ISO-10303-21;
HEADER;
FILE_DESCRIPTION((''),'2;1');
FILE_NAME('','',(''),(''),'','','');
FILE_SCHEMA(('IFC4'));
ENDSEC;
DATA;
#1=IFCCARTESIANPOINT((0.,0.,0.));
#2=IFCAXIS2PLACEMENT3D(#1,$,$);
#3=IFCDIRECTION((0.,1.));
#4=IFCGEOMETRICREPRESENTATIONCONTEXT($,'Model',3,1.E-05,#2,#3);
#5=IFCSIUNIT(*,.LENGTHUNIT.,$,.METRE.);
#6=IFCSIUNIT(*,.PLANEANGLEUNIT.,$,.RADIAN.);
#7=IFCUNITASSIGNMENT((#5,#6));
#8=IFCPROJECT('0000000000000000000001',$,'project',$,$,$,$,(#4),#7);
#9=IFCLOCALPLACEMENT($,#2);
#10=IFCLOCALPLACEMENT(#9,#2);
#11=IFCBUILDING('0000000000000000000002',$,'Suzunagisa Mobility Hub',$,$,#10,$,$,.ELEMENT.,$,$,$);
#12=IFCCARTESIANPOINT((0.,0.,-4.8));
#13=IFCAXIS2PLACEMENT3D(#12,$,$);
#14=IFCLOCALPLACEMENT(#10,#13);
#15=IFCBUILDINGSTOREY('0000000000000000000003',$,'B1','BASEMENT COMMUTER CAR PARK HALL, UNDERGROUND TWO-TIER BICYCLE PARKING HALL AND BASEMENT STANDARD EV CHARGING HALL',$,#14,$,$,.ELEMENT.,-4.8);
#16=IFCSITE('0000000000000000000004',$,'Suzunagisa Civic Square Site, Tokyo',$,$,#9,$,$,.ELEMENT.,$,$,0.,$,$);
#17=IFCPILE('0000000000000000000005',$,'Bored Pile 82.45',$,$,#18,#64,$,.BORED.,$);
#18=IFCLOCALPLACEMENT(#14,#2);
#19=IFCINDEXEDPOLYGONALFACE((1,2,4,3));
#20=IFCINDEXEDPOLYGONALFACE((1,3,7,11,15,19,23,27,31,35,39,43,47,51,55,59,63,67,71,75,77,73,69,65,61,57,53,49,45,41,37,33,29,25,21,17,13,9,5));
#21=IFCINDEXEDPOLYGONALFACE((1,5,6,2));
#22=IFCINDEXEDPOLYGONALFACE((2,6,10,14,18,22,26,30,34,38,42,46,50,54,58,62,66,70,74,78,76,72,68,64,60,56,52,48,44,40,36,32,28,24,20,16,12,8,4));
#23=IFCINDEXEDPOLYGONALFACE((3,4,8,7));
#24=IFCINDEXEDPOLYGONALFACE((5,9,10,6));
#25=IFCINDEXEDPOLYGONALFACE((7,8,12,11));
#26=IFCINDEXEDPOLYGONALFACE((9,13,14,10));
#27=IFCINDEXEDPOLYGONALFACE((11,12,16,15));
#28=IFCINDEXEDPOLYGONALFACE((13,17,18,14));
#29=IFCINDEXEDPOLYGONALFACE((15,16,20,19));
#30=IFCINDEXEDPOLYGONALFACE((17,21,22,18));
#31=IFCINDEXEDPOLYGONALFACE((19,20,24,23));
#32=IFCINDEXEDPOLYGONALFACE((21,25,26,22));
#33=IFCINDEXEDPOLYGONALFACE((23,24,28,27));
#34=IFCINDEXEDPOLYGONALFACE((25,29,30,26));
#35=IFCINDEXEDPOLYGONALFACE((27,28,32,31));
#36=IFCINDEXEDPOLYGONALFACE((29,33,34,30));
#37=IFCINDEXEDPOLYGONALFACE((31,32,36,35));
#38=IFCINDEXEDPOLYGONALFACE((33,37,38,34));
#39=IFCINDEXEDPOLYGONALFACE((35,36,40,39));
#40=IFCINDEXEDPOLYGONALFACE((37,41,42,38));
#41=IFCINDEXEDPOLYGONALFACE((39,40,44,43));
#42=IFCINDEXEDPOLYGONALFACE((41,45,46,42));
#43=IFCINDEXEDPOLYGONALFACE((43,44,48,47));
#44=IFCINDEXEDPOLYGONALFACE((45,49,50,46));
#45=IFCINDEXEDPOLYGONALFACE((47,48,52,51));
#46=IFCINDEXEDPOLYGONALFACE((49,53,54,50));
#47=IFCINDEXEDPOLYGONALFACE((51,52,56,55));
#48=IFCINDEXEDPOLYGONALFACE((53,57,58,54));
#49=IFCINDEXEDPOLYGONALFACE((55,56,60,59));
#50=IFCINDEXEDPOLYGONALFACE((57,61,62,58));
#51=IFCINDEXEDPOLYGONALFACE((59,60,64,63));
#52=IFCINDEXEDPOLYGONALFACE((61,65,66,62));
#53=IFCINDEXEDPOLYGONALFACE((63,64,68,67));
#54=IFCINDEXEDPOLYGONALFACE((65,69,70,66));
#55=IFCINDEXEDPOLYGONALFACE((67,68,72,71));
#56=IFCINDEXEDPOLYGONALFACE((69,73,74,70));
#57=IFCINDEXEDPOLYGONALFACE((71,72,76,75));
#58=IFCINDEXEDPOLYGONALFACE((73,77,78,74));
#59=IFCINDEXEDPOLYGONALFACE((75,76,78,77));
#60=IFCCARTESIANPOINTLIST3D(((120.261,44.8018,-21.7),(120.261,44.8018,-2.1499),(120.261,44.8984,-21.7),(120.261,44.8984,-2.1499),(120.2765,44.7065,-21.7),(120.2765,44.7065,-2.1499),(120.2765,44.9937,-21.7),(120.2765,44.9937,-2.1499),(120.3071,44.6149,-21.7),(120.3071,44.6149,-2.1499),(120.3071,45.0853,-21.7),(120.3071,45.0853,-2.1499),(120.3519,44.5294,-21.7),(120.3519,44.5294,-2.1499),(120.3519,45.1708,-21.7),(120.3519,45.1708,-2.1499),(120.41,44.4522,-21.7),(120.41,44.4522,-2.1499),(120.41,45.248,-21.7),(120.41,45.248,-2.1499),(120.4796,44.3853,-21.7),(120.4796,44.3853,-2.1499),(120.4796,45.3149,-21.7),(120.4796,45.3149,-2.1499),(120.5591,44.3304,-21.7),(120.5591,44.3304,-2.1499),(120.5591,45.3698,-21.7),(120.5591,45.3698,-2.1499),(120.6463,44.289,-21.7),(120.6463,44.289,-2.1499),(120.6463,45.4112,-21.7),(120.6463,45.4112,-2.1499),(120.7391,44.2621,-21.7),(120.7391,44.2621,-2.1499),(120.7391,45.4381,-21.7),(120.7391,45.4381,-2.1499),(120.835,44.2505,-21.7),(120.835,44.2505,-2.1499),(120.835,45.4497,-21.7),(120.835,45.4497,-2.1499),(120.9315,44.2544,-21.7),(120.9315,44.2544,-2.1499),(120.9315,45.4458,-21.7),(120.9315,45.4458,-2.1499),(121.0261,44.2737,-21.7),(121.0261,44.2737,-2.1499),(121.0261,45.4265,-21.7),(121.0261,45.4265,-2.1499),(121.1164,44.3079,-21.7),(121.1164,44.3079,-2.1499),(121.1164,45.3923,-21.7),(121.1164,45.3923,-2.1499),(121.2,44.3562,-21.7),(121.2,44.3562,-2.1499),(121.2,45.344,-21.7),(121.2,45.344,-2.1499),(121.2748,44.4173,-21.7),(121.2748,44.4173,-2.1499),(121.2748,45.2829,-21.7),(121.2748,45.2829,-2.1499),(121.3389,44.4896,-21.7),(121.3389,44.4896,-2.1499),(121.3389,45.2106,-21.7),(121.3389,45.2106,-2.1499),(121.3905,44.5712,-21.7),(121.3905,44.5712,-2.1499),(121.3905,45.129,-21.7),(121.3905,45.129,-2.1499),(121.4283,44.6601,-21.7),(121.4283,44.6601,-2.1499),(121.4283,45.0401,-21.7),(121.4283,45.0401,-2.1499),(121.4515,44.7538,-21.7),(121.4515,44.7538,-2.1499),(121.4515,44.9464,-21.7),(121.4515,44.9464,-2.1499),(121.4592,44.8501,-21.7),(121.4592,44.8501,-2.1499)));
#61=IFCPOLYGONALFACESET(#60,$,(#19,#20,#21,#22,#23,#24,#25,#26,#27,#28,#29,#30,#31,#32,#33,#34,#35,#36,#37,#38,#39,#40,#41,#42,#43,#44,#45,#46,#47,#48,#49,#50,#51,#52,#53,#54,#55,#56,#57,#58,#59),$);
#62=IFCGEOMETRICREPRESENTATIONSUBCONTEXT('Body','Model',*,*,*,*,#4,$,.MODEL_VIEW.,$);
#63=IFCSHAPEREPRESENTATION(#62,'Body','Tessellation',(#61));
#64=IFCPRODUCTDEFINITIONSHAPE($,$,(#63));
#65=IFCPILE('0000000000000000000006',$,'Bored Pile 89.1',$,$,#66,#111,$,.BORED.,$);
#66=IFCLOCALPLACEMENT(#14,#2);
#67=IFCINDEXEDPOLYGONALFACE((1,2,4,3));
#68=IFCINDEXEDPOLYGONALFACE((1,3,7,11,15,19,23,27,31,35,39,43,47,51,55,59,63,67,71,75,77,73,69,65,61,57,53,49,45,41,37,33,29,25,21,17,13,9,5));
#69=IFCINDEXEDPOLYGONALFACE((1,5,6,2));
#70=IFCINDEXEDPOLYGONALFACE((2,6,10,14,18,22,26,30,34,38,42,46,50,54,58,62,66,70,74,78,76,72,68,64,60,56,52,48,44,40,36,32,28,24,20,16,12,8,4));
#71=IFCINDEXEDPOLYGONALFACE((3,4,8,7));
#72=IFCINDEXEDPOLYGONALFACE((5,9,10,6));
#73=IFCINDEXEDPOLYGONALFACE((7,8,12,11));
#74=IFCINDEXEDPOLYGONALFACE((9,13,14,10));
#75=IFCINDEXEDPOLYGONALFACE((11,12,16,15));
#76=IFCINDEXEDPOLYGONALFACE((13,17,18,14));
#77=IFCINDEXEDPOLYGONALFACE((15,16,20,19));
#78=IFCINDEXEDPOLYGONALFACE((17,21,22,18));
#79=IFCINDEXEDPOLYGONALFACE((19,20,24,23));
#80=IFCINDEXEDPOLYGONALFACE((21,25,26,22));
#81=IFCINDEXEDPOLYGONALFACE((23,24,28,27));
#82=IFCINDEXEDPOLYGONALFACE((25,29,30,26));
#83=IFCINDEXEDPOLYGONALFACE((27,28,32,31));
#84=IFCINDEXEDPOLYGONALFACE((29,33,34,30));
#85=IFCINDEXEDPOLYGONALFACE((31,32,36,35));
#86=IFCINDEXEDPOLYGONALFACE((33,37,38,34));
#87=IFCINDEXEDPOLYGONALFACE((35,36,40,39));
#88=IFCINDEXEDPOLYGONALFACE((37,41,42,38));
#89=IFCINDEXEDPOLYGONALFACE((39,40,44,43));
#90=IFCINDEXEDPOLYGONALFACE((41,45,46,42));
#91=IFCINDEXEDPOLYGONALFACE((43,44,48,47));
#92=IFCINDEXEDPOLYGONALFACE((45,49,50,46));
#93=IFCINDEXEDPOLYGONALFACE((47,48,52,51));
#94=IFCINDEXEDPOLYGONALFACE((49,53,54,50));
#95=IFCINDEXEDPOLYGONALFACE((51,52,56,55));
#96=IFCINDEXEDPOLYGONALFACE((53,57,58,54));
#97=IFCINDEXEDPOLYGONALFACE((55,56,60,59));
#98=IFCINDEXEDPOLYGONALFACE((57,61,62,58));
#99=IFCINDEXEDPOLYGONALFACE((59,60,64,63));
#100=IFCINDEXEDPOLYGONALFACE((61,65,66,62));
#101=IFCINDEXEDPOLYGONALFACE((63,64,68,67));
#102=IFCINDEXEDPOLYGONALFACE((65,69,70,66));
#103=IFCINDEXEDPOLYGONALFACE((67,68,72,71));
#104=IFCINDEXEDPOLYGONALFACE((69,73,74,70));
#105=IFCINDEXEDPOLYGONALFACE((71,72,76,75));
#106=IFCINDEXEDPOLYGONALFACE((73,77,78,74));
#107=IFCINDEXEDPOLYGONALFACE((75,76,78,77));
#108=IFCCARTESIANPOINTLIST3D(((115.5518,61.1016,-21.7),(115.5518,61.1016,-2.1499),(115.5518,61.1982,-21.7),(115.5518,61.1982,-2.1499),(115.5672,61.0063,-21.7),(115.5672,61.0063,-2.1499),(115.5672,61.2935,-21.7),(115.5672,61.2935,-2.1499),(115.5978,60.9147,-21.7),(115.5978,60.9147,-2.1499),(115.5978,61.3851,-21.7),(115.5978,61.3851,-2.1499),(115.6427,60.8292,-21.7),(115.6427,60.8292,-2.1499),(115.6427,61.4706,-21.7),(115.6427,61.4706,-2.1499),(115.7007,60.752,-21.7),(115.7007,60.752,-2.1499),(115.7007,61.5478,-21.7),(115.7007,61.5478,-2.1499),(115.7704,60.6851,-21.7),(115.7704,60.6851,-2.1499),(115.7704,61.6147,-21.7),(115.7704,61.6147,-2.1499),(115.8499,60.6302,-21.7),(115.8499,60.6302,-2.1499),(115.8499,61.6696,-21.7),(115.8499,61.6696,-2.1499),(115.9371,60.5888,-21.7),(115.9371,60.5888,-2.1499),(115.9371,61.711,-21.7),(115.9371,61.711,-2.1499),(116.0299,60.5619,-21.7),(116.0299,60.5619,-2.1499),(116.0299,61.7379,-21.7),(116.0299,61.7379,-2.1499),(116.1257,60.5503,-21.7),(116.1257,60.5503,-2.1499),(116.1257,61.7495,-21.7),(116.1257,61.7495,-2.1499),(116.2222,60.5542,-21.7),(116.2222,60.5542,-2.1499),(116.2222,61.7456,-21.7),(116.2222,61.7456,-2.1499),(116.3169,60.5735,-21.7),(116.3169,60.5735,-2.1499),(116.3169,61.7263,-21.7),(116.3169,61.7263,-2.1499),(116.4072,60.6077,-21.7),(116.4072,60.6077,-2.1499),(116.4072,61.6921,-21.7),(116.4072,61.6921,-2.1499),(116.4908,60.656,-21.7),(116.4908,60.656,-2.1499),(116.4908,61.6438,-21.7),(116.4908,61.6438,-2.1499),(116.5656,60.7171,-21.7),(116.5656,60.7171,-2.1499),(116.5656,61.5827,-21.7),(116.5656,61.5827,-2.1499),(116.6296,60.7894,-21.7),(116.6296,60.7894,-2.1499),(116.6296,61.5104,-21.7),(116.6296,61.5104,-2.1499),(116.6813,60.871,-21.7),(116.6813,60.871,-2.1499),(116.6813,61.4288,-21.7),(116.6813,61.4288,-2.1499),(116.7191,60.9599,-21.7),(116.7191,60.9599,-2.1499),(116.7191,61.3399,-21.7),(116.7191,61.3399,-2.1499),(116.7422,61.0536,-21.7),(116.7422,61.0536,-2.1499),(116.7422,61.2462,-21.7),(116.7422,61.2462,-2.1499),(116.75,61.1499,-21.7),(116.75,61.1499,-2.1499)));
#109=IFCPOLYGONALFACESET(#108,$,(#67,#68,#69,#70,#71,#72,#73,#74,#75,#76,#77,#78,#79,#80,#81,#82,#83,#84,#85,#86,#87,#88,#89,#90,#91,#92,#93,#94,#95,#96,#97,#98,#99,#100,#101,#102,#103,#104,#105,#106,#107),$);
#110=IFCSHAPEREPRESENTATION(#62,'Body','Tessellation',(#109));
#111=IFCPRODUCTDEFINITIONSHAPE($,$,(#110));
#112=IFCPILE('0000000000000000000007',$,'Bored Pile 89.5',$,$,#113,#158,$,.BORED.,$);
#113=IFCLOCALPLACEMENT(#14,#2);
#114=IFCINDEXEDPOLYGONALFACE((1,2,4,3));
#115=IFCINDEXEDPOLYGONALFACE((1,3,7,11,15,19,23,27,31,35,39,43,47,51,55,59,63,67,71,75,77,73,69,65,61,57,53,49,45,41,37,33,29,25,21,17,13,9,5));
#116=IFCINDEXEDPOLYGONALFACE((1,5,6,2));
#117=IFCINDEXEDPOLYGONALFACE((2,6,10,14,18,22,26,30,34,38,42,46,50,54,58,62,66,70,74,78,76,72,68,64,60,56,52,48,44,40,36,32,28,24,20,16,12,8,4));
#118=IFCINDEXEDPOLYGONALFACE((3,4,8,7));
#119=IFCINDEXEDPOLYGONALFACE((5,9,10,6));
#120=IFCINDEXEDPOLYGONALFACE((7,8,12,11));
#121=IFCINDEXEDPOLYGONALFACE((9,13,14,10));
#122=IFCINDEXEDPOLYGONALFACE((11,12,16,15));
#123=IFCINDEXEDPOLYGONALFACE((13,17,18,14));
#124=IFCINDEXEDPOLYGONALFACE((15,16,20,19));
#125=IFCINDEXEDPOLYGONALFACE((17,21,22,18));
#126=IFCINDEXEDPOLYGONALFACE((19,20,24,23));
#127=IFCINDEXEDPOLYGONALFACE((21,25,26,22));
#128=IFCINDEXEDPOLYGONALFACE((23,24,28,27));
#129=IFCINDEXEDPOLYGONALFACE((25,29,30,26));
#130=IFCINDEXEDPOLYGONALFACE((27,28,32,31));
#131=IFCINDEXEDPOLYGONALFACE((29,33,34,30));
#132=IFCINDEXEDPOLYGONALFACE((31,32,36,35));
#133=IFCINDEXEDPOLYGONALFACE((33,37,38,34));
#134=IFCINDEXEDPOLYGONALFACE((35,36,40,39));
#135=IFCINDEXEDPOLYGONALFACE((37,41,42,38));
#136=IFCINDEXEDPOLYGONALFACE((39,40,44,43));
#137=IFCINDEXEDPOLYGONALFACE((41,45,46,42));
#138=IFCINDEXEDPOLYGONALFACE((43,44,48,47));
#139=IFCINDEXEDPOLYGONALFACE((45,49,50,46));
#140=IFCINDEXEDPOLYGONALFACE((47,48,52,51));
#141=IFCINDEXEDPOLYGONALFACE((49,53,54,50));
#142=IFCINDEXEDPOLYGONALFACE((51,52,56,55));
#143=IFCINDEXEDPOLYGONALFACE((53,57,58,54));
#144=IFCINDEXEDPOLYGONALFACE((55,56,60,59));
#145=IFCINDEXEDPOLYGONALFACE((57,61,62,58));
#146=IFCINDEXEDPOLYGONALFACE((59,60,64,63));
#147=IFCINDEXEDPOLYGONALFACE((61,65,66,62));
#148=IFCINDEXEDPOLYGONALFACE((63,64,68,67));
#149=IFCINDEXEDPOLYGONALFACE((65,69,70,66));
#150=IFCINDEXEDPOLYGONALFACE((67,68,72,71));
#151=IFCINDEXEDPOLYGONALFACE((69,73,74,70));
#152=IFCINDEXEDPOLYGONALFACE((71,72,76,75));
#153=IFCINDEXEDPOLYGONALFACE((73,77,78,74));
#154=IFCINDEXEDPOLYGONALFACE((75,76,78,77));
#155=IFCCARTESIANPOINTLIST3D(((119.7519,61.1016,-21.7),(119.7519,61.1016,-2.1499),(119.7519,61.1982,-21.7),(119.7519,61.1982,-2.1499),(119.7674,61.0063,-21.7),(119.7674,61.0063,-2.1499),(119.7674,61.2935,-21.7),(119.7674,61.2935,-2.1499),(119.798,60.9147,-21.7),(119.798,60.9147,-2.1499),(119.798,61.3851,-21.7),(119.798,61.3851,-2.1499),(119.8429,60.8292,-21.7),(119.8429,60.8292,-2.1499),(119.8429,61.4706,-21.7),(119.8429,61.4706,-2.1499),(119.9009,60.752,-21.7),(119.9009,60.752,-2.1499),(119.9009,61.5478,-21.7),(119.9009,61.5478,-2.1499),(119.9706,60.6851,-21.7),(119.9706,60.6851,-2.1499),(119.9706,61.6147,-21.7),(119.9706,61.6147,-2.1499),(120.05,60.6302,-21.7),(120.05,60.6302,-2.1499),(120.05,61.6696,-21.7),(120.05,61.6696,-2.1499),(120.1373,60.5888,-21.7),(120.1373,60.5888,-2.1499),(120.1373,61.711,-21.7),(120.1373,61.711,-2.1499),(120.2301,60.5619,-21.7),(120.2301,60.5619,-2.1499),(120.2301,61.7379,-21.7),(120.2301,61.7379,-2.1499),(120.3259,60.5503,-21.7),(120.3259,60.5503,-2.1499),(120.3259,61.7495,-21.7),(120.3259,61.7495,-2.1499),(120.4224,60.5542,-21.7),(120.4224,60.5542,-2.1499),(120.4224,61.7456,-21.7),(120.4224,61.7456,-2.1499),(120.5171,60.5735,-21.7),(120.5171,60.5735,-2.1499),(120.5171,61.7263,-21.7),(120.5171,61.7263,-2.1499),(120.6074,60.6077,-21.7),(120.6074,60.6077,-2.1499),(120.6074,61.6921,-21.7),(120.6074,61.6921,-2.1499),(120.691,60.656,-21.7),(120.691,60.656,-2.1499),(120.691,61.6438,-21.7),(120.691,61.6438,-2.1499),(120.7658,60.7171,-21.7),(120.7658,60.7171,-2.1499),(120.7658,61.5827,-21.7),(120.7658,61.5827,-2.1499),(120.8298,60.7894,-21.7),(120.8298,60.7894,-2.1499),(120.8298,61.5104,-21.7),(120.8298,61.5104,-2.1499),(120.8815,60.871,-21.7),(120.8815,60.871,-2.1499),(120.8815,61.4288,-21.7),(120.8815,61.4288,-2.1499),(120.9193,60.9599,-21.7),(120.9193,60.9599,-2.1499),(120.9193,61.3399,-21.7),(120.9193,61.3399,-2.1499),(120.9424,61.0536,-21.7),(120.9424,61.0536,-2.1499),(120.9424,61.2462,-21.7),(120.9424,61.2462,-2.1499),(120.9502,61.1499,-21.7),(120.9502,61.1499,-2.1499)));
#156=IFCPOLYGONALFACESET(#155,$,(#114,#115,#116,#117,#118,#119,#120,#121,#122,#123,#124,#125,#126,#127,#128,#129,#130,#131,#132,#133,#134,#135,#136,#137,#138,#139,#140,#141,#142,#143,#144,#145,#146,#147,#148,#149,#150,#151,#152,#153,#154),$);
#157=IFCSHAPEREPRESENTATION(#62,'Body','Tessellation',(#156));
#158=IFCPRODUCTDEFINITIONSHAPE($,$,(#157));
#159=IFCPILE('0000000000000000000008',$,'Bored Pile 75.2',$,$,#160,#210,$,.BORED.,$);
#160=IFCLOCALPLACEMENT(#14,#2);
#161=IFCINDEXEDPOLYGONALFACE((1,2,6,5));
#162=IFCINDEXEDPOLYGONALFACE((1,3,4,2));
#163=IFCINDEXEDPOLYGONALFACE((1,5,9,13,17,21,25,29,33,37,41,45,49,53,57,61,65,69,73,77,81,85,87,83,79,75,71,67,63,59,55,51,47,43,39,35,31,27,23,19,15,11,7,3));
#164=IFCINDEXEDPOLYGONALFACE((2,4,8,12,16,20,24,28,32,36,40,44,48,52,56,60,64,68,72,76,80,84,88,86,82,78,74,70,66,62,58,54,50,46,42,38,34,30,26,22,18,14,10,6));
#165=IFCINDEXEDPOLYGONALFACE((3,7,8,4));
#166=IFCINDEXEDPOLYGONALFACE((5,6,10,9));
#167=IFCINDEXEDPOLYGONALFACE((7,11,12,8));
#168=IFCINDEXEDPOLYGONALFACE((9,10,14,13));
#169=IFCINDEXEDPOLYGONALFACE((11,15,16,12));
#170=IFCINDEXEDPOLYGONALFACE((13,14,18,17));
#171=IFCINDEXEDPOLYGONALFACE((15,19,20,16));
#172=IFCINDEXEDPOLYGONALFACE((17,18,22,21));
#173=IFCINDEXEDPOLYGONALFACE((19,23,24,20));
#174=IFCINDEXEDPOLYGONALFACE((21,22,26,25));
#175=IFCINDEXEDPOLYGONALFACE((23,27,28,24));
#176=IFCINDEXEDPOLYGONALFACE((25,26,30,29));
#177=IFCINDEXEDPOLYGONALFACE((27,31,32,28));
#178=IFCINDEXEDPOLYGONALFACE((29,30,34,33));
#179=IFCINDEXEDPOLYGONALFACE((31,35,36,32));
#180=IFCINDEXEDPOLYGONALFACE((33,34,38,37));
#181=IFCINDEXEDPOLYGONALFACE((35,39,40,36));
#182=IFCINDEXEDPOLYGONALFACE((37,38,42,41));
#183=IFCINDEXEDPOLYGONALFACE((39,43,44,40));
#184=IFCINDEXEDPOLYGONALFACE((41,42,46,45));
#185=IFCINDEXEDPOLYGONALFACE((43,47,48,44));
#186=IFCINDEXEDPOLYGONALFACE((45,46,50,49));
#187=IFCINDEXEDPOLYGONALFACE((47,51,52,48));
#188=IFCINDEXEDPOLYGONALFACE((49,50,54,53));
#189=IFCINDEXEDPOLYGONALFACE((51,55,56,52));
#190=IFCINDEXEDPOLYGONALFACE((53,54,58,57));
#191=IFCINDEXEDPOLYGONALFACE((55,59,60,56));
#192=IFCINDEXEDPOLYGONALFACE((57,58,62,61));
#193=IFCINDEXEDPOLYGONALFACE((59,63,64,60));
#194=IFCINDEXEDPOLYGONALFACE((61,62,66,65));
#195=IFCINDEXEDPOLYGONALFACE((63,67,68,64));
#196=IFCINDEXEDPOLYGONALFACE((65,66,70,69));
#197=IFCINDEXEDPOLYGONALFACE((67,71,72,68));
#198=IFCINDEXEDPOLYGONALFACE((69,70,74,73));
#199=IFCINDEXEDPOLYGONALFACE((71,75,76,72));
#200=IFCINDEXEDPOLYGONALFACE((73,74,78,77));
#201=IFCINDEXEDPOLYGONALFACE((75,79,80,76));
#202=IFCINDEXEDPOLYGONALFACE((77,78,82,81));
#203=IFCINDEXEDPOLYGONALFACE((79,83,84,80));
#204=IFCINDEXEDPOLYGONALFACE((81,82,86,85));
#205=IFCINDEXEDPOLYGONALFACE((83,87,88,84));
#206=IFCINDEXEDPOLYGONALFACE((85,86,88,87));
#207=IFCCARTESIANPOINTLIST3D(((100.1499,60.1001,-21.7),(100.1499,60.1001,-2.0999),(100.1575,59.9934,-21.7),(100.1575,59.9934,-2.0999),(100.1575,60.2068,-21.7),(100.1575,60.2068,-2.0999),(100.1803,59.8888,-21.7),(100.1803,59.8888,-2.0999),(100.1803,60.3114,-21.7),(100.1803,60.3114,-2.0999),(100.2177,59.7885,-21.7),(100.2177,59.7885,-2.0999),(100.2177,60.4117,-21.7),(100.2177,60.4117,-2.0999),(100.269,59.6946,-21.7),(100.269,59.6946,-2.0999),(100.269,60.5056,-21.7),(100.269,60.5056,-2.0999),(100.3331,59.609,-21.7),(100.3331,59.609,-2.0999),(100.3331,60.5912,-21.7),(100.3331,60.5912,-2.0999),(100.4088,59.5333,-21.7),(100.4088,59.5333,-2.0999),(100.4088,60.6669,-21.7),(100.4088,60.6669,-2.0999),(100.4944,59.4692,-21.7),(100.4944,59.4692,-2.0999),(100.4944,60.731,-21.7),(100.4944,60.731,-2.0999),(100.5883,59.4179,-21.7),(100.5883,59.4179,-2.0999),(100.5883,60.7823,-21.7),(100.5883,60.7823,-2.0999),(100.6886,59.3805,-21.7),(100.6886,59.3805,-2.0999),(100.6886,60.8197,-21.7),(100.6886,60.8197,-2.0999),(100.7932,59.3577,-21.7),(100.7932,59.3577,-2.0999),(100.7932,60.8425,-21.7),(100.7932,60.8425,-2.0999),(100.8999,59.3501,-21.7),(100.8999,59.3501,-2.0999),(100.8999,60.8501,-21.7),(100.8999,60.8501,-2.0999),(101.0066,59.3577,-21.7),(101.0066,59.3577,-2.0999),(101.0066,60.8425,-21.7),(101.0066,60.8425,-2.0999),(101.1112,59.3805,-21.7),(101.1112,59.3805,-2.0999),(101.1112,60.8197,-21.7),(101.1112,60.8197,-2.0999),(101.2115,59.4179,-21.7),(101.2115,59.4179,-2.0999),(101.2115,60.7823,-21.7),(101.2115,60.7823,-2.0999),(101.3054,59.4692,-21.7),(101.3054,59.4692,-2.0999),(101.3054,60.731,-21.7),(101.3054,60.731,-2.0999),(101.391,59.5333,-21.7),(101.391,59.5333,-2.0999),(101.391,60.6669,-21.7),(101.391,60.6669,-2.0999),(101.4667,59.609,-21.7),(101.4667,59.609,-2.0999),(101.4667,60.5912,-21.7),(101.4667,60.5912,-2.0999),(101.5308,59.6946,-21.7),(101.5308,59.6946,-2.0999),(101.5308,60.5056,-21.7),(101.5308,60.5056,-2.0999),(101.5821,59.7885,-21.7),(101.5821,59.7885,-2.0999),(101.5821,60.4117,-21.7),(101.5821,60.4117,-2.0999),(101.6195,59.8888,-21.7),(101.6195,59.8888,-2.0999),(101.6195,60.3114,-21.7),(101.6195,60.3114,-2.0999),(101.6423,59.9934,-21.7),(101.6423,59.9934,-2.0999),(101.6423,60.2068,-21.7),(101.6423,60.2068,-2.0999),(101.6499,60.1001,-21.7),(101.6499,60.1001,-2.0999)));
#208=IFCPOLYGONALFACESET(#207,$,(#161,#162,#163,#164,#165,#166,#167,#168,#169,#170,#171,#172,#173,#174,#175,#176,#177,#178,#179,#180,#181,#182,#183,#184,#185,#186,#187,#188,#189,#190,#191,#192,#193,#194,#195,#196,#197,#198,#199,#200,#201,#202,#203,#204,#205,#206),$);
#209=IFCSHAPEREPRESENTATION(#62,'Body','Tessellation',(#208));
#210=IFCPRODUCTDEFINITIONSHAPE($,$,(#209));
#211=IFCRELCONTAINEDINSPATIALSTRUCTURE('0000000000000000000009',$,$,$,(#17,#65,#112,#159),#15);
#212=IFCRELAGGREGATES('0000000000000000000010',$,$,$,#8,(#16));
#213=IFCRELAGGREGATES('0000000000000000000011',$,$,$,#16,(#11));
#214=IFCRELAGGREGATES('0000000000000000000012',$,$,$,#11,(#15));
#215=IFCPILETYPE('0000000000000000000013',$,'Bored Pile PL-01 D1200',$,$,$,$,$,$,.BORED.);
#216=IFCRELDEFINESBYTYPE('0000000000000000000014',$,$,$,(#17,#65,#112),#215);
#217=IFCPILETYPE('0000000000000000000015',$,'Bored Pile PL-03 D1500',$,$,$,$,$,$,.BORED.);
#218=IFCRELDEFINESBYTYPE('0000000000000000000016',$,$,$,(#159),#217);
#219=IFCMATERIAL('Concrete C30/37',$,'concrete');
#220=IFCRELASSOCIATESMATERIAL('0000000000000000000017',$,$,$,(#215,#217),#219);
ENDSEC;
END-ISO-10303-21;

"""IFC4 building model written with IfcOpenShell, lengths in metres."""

from ifc_helpers import new_model, si_unit, direction, frame, origin, origin_2d, place, context, subcontext, project, spatial, circle, extrude, material, material_profile, profile_set, type_object, element, save


model = new_model("IFC4")

# Units and contexts
model_context = context("Model", 3, precision=1e-05, world=origin(), true_north=direction((0.0, 1.0)))
body_context = subcontext(model_context, "Body", "Model", "MODEL_VIEW")
ifc_project = project(units=[si_unit("LENGTHUNIT", "METRE"), si_unit("PLANEANGLEUNIT", "RADIAN")], contexts=[model_context])

# Site, building, storey
site_placement = place(None, origin())
site = spatial("IfcSite", under=ifc_project, at=site_placement, Name="Suzunagisa Civic Square Site, Tokyo", CompositionType="ELEMENT", RefElevation=0.0)
building_placement = place(site_placement, origin())
building = spatial("IfcBuilding", under=site, at=building_placement, Name="Suzunagisa Mobility Hub", CompositionType="ELEMENT")
storey_placement = place(building_placement, frame((0.0, 0.0, -4.8)))
storey = spatial("IfcBuildingStorey", under=building, at=storey_placement, Name="B1", Description="BASEMENT COMMUTER CAR PARK HALL, UNDERGROUND TWO-TIER BICYCLE PARKING HALL AND BASEMENT STANDARD EV CHARGING HALL", CompositionType="ELEMENT", Elevation=-4.8)

# Piles
ifc_material_1 = material(Name="Concrete C30/37", Category="concrete")
ifc_material_profile_1 = material_profile(ifc_material_1, circle(Radius=0.6001, at=origin_2d()), Name="BORED PILE D1200")
ifc_profile_set_1 = profile_set([ifc_material_profile_1], Name="Concrete C30/37")
pile_type_1 = type_object("IfcPileType", Name="Bored Pile PL-01 D1200", PredefinedType="BORED", material=ifc_profile_set_1)
for number, where, z_axis, x_axis, name in (
    (1, (120.8591, 44.8501, -2.1499), (0.0, 0.0, -1.0), (1.0, 0.0, 0.0), "Bored Pile 82.45"),
    (2, (116.1499, 61.1499, -2.1499), (0.0, 0.0, -1.0), (1.0, 0.0, 0.0), "Bored Pile 89.1"),
    (3, (120.3501, 61.1499, -2.1499), (0.0, 0.0, -1.0), (1.0, 0.0, 0.0), "Bored Pile 89.5"),
):
    element("IfcPile", number, at=place(storey_placement, frame(where, z_axis=z_axis, x_axis=x_axis)), inside=storey, type_object=pile_type_1, Name=name, PredefinedType="BORED", context=body_context, shape_type="SweptSolid", body=[
        extrude(circle(Radius=0.6001, at=origin_2d()), origin(), (0.0, 0.0, 1.0), 19.55),
    ])
ifc_material_profile_2 = material_profile(ifc_material_1, circle(Radius=0.75, at=origin_2d()), Name="BORED PILE D1500")
ifc_profile_set_2 = profile_set([ifc_material_profile_2], Name="Concrete C30/37")
pile_type_2 = type_object("IfcPileType", Name="Bored Pile PL-03 D1500", PredefinedType="BORED", material=ifc_profile_set_2)
for number, where, z_axis, x_axis, name in (
    (4, (100.8999, 60.1001, -2.0999), (0.0, 0.0, -1.0), (1.0, 0.0, 0.0), "Bored Pile 75.2"),
):
    element("IfcPile", number, at=place(storey_placement, frame(where, z_axis=z_axis, x_axis=x_axis)), inside=storey, type_object=pile_type_2, Name=name, PredefinedType="BORED", context=body_context, shape_type="SweptSolid", body=[
        extrude(circle(Radius=0.75, at=origin_2d()), origin(), (0.0, 0.0, 1.0), 19.6001),
    ])

save(model, "model.ifc")
